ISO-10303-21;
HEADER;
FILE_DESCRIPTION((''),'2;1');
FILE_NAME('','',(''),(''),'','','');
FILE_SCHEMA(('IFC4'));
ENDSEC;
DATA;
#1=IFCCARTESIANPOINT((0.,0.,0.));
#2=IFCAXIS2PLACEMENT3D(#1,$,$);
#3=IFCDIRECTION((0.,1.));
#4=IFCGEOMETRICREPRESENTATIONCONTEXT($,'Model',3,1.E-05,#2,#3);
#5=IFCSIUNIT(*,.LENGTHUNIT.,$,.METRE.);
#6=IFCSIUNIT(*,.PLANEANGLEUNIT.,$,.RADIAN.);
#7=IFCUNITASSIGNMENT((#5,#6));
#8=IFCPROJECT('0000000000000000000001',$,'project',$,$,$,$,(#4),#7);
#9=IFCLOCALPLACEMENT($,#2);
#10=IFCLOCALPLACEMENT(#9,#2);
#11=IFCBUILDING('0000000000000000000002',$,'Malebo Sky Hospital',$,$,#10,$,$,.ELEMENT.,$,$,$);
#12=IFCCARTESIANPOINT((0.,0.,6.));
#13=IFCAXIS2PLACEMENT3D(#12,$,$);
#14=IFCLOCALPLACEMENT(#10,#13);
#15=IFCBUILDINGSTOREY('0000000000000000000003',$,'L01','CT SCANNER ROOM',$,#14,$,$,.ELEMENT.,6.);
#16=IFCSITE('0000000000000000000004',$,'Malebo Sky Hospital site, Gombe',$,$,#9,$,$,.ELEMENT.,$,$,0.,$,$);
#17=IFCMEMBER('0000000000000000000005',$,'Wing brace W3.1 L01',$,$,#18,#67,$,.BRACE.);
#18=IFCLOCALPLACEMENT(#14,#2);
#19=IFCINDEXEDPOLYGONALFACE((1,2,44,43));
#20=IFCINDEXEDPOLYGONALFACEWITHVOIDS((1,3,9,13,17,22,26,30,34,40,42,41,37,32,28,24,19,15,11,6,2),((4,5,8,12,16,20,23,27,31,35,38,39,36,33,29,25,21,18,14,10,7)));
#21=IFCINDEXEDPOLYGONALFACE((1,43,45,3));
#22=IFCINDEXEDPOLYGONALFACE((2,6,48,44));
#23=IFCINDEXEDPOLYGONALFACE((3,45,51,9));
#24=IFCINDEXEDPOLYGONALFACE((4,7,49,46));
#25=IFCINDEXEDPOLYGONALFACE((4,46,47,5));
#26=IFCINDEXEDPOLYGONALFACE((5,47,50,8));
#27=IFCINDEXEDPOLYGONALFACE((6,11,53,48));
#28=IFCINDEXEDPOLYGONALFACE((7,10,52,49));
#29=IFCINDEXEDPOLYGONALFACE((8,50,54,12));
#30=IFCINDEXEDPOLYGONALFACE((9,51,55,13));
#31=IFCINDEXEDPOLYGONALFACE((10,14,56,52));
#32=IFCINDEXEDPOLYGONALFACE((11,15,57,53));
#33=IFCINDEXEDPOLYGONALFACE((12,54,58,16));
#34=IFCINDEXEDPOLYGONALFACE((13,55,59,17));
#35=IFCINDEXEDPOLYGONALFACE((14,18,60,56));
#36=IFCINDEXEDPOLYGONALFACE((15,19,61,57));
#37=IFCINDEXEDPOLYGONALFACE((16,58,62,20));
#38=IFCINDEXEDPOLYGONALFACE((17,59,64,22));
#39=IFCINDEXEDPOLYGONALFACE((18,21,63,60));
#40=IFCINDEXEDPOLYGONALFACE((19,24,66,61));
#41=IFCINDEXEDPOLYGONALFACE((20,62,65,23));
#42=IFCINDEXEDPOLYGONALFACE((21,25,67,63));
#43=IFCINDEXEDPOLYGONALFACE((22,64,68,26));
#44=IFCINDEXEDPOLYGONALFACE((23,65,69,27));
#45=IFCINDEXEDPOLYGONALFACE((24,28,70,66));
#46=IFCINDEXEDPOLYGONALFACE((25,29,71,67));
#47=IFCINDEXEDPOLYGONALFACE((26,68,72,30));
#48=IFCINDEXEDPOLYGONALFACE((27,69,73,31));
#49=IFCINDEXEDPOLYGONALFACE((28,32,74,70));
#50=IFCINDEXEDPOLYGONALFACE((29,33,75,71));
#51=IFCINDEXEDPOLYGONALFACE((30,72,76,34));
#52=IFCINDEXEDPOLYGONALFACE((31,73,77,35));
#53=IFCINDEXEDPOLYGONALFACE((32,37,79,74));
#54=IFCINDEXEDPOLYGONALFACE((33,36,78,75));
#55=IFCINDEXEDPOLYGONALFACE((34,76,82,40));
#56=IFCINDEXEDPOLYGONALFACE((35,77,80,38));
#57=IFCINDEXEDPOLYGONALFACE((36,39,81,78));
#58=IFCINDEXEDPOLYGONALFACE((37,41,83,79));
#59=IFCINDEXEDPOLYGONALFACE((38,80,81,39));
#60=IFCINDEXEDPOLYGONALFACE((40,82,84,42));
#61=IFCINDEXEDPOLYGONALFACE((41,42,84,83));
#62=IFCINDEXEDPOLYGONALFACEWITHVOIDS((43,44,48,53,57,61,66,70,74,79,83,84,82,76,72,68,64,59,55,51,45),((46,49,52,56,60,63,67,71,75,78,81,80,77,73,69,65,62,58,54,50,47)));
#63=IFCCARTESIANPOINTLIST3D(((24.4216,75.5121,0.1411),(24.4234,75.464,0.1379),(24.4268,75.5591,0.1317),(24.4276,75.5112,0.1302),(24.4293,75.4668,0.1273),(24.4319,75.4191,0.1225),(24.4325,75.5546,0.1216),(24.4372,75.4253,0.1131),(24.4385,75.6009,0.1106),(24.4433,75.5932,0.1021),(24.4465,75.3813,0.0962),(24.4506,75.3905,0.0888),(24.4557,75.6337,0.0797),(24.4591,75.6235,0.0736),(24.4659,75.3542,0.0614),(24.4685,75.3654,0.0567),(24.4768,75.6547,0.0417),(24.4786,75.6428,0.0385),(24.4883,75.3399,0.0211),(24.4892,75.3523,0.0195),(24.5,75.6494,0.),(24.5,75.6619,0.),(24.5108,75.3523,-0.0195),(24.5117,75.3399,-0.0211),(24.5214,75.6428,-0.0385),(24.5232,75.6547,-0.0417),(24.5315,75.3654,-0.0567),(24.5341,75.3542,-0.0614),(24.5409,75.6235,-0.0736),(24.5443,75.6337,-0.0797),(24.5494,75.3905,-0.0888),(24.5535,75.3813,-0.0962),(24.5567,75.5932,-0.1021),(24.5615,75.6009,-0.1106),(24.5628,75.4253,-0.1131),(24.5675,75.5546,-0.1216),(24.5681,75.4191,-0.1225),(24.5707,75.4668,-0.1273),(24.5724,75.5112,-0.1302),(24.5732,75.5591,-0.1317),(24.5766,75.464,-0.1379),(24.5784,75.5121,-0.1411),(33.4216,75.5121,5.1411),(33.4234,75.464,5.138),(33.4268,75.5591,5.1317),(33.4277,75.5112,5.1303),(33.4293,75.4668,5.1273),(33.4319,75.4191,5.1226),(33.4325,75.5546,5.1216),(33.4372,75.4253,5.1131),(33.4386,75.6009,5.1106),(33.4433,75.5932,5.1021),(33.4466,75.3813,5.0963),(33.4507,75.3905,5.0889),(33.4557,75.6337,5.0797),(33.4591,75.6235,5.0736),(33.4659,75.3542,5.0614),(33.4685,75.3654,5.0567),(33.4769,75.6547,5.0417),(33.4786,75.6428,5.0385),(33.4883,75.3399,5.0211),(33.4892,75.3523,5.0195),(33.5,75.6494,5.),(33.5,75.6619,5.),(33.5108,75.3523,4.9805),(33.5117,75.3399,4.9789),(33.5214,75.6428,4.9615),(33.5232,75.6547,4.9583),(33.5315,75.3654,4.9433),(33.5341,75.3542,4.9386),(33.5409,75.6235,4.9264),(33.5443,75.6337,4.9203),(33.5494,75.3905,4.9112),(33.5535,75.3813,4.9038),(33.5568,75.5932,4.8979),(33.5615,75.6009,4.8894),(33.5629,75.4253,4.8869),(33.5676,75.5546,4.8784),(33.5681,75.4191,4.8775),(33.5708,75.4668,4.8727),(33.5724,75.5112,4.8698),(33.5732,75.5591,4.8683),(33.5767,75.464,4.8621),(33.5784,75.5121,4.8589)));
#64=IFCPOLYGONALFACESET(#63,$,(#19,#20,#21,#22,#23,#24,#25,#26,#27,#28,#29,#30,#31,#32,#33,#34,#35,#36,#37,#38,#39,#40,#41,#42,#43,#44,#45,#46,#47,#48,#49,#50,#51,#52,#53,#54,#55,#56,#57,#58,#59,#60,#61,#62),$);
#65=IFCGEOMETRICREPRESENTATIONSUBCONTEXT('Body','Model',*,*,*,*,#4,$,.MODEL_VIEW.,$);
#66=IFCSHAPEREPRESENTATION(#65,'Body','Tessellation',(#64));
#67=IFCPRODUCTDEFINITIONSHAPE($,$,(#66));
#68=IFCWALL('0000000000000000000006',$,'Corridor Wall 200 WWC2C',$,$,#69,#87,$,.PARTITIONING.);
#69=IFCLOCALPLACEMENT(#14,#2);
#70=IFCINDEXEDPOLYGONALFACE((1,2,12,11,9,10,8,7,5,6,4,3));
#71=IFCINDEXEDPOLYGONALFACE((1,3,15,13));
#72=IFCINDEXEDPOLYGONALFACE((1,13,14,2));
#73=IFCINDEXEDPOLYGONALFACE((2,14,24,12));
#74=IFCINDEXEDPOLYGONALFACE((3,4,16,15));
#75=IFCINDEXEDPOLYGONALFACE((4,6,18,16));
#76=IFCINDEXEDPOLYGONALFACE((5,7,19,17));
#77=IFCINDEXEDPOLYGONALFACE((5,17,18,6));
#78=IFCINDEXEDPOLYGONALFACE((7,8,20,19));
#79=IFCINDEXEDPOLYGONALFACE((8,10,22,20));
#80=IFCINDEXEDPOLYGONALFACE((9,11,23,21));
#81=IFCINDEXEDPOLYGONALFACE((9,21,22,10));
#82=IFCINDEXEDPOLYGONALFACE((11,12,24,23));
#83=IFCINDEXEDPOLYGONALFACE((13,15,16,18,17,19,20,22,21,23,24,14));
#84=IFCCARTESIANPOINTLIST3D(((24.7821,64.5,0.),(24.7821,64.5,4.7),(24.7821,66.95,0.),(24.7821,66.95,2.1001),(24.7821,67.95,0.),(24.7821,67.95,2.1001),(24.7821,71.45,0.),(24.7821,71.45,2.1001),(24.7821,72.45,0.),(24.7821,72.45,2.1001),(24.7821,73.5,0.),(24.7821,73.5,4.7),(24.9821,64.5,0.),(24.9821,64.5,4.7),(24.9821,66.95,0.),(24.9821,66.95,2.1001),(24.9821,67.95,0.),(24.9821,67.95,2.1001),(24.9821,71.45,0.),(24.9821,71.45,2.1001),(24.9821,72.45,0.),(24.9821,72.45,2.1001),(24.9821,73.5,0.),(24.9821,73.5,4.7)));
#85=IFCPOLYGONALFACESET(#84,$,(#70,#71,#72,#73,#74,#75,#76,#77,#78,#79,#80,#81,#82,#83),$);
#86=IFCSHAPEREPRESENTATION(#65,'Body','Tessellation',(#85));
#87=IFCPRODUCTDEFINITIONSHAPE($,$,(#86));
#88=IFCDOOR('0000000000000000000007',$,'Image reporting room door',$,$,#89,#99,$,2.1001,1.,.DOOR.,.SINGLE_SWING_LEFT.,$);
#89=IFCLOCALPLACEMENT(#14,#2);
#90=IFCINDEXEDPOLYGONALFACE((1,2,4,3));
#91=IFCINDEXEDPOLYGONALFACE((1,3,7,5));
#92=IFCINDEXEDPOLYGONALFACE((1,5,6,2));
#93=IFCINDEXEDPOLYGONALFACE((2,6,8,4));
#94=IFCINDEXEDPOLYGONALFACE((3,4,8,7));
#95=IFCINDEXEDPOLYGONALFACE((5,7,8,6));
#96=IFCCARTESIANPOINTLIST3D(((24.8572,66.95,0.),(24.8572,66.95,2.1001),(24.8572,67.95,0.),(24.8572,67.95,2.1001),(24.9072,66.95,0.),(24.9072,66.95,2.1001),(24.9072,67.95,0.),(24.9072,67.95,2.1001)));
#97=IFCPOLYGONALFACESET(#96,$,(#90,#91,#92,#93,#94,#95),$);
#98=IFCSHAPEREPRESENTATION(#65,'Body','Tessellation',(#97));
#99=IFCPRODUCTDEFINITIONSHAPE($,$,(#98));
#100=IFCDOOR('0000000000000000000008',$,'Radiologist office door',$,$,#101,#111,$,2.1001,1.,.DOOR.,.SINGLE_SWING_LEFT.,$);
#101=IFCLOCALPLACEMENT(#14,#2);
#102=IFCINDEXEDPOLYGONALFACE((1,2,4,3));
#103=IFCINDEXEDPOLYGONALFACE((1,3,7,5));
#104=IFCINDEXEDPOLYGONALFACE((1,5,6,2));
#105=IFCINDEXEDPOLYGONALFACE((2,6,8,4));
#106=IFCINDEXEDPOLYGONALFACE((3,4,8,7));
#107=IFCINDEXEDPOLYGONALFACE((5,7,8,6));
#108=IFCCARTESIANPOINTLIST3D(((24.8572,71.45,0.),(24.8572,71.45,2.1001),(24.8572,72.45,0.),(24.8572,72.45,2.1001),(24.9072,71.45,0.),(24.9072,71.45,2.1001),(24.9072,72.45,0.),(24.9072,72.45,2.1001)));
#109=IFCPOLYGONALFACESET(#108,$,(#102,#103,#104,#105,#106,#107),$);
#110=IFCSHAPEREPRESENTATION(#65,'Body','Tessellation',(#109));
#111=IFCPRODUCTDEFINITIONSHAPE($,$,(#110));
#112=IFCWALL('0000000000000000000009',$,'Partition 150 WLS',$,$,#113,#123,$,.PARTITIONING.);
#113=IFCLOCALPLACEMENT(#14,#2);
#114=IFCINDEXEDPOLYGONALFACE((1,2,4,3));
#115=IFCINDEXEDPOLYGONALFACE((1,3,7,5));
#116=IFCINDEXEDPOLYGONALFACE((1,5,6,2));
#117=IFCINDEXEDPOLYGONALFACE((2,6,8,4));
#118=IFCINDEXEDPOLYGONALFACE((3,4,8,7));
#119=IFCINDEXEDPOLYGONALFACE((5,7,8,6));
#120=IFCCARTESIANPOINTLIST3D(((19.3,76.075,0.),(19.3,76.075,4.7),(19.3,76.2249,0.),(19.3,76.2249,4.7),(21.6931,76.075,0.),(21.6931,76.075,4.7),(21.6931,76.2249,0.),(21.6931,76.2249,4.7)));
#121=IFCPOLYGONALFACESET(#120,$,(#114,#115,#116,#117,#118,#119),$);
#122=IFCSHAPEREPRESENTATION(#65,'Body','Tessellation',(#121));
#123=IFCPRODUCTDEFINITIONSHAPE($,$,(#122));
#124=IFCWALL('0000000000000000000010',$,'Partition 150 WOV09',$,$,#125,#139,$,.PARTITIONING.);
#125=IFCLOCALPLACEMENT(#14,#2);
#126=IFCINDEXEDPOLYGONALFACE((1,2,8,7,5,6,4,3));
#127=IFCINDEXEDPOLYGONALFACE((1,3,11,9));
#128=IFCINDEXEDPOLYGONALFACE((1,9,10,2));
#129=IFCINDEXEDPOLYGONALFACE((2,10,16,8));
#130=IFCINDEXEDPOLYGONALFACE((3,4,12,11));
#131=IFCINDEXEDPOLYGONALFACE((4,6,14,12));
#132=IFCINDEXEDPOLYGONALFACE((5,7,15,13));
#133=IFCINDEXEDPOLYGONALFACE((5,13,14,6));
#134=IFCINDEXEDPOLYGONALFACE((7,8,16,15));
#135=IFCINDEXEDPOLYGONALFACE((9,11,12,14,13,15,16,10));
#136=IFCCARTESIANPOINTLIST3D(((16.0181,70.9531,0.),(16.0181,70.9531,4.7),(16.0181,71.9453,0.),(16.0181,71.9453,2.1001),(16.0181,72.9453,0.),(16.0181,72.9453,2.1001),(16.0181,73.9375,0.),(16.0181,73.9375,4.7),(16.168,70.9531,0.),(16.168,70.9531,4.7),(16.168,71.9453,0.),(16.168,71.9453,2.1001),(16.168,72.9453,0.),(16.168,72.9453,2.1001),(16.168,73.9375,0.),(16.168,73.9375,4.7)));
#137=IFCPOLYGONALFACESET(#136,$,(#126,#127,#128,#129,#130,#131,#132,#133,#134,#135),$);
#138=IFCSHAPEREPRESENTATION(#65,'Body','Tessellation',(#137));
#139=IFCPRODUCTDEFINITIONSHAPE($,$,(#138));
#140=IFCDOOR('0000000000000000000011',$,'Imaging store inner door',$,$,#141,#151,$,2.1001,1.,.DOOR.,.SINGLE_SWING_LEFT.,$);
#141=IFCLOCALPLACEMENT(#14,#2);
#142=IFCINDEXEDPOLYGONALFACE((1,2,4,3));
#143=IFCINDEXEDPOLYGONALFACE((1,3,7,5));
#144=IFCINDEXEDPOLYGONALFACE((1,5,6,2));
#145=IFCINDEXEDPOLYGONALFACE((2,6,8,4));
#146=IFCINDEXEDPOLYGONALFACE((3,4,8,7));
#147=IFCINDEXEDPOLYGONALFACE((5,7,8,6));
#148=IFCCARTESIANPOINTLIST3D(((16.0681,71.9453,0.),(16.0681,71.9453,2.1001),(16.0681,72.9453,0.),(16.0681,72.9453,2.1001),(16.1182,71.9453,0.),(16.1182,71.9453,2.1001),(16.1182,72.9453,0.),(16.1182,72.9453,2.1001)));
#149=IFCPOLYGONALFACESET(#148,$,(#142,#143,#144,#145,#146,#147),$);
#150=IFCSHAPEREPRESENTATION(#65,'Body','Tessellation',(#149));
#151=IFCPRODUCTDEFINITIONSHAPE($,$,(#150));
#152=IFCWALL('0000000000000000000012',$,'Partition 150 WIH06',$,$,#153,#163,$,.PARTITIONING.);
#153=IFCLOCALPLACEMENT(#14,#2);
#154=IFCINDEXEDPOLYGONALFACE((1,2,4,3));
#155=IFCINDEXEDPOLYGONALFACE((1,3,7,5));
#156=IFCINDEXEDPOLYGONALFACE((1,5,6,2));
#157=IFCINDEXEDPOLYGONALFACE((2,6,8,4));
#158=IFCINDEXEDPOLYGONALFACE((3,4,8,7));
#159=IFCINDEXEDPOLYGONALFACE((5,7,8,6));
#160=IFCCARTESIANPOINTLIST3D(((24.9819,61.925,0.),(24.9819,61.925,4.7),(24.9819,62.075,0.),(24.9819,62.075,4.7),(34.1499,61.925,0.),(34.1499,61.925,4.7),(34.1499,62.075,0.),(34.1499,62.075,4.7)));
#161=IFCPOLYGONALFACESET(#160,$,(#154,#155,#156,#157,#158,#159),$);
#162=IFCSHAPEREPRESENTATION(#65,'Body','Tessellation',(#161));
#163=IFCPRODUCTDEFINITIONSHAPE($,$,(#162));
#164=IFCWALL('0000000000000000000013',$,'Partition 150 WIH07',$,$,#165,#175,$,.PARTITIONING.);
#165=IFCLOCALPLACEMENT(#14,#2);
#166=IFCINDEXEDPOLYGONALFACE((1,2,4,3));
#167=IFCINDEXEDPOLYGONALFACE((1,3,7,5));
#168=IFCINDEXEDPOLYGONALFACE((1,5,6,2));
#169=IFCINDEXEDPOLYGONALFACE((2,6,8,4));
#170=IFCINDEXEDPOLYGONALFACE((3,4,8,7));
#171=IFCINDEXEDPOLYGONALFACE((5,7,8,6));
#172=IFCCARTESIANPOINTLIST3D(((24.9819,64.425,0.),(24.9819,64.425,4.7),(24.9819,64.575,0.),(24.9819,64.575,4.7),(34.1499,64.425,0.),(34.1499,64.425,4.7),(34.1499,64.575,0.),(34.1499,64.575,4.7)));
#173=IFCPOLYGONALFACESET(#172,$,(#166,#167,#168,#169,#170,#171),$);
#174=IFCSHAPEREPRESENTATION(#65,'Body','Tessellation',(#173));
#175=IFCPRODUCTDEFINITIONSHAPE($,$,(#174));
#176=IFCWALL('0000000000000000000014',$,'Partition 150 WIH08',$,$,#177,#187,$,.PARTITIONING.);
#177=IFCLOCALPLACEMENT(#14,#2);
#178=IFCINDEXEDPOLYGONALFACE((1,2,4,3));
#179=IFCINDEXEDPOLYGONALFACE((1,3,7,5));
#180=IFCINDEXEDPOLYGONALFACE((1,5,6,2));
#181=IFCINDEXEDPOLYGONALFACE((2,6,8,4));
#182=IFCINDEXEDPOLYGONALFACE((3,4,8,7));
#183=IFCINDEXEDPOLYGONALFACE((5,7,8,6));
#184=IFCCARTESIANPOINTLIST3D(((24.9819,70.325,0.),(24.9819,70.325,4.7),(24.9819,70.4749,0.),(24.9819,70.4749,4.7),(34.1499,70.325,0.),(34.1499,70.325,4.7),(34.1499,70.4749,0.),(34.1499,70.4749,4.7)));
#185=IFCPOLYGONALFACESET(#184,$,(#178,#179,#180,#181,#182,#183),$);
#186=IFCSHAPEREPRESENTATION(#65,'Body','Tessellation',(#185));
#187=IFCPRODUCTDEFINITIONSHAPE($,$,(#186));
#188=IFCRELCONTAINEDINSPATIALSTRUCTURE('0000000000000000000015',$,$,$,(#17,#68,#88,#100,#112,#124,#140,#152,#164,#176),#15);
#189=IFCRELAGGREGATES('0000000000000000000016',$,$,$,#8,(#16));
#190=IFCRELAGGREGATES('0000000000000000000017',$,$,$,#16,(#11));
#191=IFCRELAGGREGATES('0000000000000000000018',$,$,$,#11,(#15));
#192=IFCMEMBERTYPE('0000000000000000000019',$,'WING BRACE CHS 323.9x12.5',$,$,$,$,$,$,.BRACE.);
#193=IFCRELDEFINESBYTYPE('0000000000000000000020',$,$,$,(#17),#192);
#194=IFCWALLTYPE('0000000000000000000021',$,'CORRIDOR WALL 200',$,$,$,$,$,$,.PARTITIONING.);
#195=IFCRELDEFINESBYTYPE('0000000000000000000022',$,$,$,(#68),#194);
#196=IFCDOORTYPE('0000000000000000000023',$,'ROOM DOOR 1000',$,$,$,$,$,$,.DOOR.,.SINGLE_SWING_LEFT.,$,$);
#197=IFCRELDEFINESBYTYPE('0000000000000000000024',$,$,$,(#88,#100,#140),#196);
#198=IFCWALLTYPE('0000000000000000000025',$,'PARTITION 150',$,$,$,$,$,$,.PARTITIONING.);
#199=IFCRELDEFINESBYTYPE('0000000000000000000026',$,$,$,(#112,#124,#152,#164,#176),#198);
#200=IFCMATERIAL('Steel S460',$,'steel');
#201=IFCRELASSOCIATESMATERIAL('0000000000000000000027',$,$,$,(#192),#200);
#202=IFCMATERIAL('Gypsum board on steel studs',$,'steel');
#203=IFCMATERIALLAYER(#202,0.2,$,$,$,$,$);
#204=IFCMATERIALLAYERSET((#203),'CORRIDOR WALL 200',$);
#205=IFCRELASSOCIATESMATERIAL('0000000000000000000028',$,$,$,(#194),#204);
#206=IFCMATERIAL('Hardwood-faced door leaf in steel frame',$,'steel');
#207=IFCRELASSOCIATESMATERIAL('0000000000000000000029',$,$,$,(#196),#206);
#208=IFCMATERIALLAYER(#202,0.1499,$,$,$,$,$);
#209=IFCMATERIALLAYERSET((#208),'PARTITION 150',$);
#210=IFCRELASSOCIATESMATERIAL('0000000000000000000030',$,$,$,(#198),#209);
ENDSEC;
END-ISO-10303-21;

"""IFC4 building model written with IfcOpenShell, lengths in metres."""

from ifc_helpers import new_model, si_unit, direction, frame, frame_2d, origin, origin_2d, place, context, subcontext, project, spatial, rectangle, hollow_circle, extrude, material, layer, layer_set, material_profile, profile_set, type_object, element, fill, save


model = new_model("IFC4")

# Units and contexts
model_context = context("Model", 3, precision=1e-05, world=origin(), true_north=direction((0.0, 1.0)))
body_context = subcontext(model_context, "Body", "Model", "MODEL_VIEW")
ifc_project = project(units=[si_unit("LENGTHUNIT", "METRE"), si_unit("PLANEANGLEUNIT", "RADIAN")], contexts=[model_context])

# Site, building, storey
site_placement = place(None, origin())
site = spatial("IfcSite", under=ifc_project, at=site_placement, Name="Malebo Sky Hospital site, Gombe", CompositionType="ELEMENT", RefElevation=0.0)
building_placement = place(site_placement, origin())
building = spatial("IfcBuilding", under=site, at=building_placement, Name="Malebo Sky Hospital", CompositionType="ELEMENT")
storey_placement = place(building_placement, frame((0.0, 0.0, 6.0)))
storey = spatial("IfcBuildingStorey", under=building, at=storey_placement, Name="L01", Description="CT SCANNER ROOM", CompositionType="ELEMENT", Elevation=6.0)

# Member
ifc_material_1 = material(Name="Steel S460", Category="steel")
ifc_material_profile_1 = material_profile(ifc_material_1, hollow_circle(Radius=0.1619, WallThickness=0.0125, at=origin_2d()), Name="CHS 323.9x12.5")
ifc_profile_set_1 = profile_set([ifc_material_profile_1], Name="Steel S460")
member_type = type_object("IfcMemberType", Name="WING BRACE CHS 323.9x12.5", PredefinedType="BRACE", material=ifc_profile_set_1)
for number, where, z_axis, x_axis, name in (
    (1, (24.5, 75.5, 0.0), (0.874157, 0.0, 0.485643), (0.0, 1.0, 0.0), "Wing brace W3.1 L01"),
):
    element("IfcMember", number, at=place(storey_placement, frame(where, z_axis=z_axis, x_axis=x_axis)), inside=storey, type_object=member_type, Name=name, PredefinedType="BRACE", context=body_context, shape_type="SweptSolid", body=[
        extrude(hollow_circle(Radius=0.1619, WallThickness=0.0125, at=origin_2d()), origin(), (0.0, 0.0, 1.0), 10.2957),
    ])

# Wall, openings, doors
ifc_material_2 = material(Name="Gypsum board on steel studs", Category="steel")
ifc_layer_1 = layer(ifc_material_2, 0.2)
ifc_layer_set_1 = layer_set([ifc_layer_1], Name="CORRIDOR WALL 200")
wall_type_1 = type_object("IfcWallType", Name="CORRIDOR WALL 200", PredefinedType="PARTITIONING", material=ifc_layer_set_1)
wall_1_placement = place(storey_placement, frame((24.8821, 64.5, 0.0), z_axis=(0.0, 0.0, 1.0), x_axis=(0.0, 1.0, 0.0)))
wall_1 = element("IfcWall", 2, at=wall_1_placement, inside=storey, type_object=wall_type_1, Name="Corridor Wall 200 WWC2C", PredefinedType="PARTITIONING", context=body_context, shape_type="SweptSolid", body=[
    extrude(rectangle(XDim=9.0, YDim=0.2, at=frame_2d((4.5, 0.0))), origin(), (0.0, 0.0, 1.0), 4.7),
])
opening_1_placement = place(wall_1_placement, frame((2.45, 0.0, 0.0)))
opening_1 = element("IfcOpeningElement", 3, at=opening_1_placement, cuts=wall_1, PredefinedType="OPENING", context=body_context, shape_type="SweptSolid", body=[
    extrude(rectangle(XDim=1.0, YDim=2.1001, at=frame_2d((0.5, 1.05))), frame((0.0, 0.1099, 0.0), z_axis=(0.0, -1.0, 0.0), x_axis=(1.0, 0.0, 0.0)), (0.0, 0.0, 1.0), 0.22),
])
opening_2_placement = place(wall_1_placement, frame((6.95, 0.0, 0.0)))
opening_2 = element("IfcOpeningElement", 4, at=opening_2_placement, cuts=wall_1, PredefinedType="OPENING", context=body_context, shape_type="SweptSolid", body=[
    extrude(rectangle(XDim=1.0, YDim=2.1001, at=frame_2d((0.5, 1.05))), frame((0.0, 0.1099, 0.0), z_axis=(0.0, -1.0, 0.0), x_axis=(1.0, 0.0, 0.0)), (0.0, 0.0, 1.0), 0.22),
])
ifc_material_3 = material(Name="Hardwood-faced door leaf in steel frame", Category="steel")
door_type_1 = type_object("IfcDoorType", Name="ROOM DOOR 1000", OperationType="SINGLE_SWING_LEFT", PredefinedType="DOOR", material=ifc_material_3)
door_1_placement = place(opening_1_placement, origin())
door_1 = element("IfcDoor", 5, at=door_1_placement, inside=storey, type_object=door_type_1, Name="Image reporting room door", OperationType="SINGLE_SWING_LEFT", OverallHeight=2.1001, OverallWidth=1.0, PredefinedType="DOOR", context=body_context, shape_type="SweptSolid", body=[
    extrude(rectangle(XDim=1.0, YDim=2.1001, at=frame_2d((0.5, 1.05))), frame((0.0, 0.0249, 0.0), z_axis=(0.0, -1.0, 0.0), x_axis=(1.0, 0.0, 0.0)), (0.0, 0.0, 1.0), 0.05),
])
fill(opening_1, door_1)
door_2_placement = place(opening_2_placement, origin())
door_2 = element("IfcDoor", 6, at=door_2_placement, inside=storey, type_object=door_type_1, Name="Radiologist office door", OperationType="SINGLE_SWING_LEFT", OverallHeight=2.1001, OverallWidth=1.0, PredefinedType="DOOR", context=body_context, shape_type="SweptSolid", body=[
    extrude(rectangle(XDim=1.0, YDim=2.1001, at=frame_2d((0.5, 1.05))), frame((0.0, 0.0249, 0.0), z_axis=(0.0, -1.0, 0.0), x_axis=(1.0, 0.0, 0.0)), (0.0, 0.0, 1.0), 0.05),
])
fill(opening_2, door_2)

# Wall
ifc_layer_2 = layer(ifc_material_2, 0.1499)
ifc_layer_set_2 = layer_set([ifc_layer_2], Name="PARTITION 150")
wall_type_2 = type_object("IfcWallType", Name="PARTITION 150", PredefinedType="PARTITIONING", material=ifc_layer_set_2)
wall_2_placement = place(storey_placement, frame((19.3, 76.1499, 0.0), z_axis=(0.0, 0.0, 1.0), x_axis=(1.0, 0.0, 0.0)))
element("IfcWall", 7, at=wall_2_placement, inside=storey, type_object=wall_type_2, Name="Partition 150 WLS", PredefinedType="PARTITIONING", context=body_context, shape_type="SweptSolid", body=[
    extrude(rectangle(XDim=2.3931, YDim=0.1499, at=frame_2d((1.1965, 0.0))), origin(), (0.0, 0.0, 1.0), 4.7),
])

# Wall, opening, door
wall_3_placement = place(storey_placement, frame((16.093, 70.9531, 0.0), z_axis=(0.0, 0.0, 1.0), x_axis=(0.0, 1.0, 0.0)))
wall_3 = element("IfcWall", 8, at=wall_3_placement, inside=storey, type_object=wall_type_2, Name="Partition 150 WOV09", PredefinedType="PARTITIONING", context=body_context, shape_type="SweptSolid", body=[
    extrude(rectangle(XDim=2.9844, YDim=0.1499, at=frame_2d((1.4922, 0.0))), origin(), (0.0, 0.0, 1.0), 4.7),
])
opening_3_placement = place(wall_3_placement, frame((0.9922, 0.0, 0.0)))
opening_3 = element("IfcOpeningElement", 9, at=opening_3_placement, cuts=wall_3, PredefinedType="OPENING", context=body_context, shape_type="SweptSolid", body=[
    extrude(rectangle(XDim=1.0, YDim=2.1001, at=frame_2d((0.5, 1.05))), frame((0.0, 0.085, 0.0), z_axis=(0.0, -1.0, 0.0), x_axis=(1.0, 0.0, 0.0)), (0.0, 0.0, 1.0), 0.1699),
])
door_3_placement = place(opening_3_placement, origin())
door_3 = element("IfcDoor", 10, at=door_3_placement, inside=storey, type_object=door_type_1, Name="Imaging store inner door", OperationType="SINGLE_SWING_LEFT", OverallHeight=2.1001, OverallWidth=1.0, PredefinedType="DOOR", context=body_context, shape_type="SweptSolid", body=[
    extrude(rectangle(XDim=1.0, YDim=2.1001, at=frame_2d((0.5, 1.05))), frame((0.0, 0.0249, 0.0), z_axis=(0.0, -1.0, 0.0), x_axis=(1.0, 0.0, 0.0)), (0.0, 0.0, 1.0), 0.05),
])
fill(opening_3, door_3)

# Walls
for number, where, z_axis, x_axis, name in (
    (11, (24.9819, 62.0, 0.0), (0.0, 0.0, 1.0), (1.0, 0.0, 0.0), "Partition 150 WIH06"),
    (12, (24.9819, 64.5, 0.0), (0.0, 0.0, 1.0), (1.0, 0.0, 0.0), "Partition 150 WIH07"),
    (13, (24.9819, 70.3999, 0.0), (0.0, 0.0, 1.0), (1.0, 0.0, 0.0), "Partition 150 WIH08"),
):
    element("IfcWall", number, at=place(storey_placement, frame(where, z_axis=z_axis, x_axis=x_axis)), inside=storey, type_object=wall_type_2, Name=name, PredefinedType="PARTITIONING", context=body_context, shape_type="SweptSolid", body=[
        extrude(rectangle(XDim=9.168, YDim=0.1499, at=frame_2d((4.584, 0.0))), origin(), (0.0, 0.0, 1.0), 4.7),
    ])

save(model, "model.ifc")
